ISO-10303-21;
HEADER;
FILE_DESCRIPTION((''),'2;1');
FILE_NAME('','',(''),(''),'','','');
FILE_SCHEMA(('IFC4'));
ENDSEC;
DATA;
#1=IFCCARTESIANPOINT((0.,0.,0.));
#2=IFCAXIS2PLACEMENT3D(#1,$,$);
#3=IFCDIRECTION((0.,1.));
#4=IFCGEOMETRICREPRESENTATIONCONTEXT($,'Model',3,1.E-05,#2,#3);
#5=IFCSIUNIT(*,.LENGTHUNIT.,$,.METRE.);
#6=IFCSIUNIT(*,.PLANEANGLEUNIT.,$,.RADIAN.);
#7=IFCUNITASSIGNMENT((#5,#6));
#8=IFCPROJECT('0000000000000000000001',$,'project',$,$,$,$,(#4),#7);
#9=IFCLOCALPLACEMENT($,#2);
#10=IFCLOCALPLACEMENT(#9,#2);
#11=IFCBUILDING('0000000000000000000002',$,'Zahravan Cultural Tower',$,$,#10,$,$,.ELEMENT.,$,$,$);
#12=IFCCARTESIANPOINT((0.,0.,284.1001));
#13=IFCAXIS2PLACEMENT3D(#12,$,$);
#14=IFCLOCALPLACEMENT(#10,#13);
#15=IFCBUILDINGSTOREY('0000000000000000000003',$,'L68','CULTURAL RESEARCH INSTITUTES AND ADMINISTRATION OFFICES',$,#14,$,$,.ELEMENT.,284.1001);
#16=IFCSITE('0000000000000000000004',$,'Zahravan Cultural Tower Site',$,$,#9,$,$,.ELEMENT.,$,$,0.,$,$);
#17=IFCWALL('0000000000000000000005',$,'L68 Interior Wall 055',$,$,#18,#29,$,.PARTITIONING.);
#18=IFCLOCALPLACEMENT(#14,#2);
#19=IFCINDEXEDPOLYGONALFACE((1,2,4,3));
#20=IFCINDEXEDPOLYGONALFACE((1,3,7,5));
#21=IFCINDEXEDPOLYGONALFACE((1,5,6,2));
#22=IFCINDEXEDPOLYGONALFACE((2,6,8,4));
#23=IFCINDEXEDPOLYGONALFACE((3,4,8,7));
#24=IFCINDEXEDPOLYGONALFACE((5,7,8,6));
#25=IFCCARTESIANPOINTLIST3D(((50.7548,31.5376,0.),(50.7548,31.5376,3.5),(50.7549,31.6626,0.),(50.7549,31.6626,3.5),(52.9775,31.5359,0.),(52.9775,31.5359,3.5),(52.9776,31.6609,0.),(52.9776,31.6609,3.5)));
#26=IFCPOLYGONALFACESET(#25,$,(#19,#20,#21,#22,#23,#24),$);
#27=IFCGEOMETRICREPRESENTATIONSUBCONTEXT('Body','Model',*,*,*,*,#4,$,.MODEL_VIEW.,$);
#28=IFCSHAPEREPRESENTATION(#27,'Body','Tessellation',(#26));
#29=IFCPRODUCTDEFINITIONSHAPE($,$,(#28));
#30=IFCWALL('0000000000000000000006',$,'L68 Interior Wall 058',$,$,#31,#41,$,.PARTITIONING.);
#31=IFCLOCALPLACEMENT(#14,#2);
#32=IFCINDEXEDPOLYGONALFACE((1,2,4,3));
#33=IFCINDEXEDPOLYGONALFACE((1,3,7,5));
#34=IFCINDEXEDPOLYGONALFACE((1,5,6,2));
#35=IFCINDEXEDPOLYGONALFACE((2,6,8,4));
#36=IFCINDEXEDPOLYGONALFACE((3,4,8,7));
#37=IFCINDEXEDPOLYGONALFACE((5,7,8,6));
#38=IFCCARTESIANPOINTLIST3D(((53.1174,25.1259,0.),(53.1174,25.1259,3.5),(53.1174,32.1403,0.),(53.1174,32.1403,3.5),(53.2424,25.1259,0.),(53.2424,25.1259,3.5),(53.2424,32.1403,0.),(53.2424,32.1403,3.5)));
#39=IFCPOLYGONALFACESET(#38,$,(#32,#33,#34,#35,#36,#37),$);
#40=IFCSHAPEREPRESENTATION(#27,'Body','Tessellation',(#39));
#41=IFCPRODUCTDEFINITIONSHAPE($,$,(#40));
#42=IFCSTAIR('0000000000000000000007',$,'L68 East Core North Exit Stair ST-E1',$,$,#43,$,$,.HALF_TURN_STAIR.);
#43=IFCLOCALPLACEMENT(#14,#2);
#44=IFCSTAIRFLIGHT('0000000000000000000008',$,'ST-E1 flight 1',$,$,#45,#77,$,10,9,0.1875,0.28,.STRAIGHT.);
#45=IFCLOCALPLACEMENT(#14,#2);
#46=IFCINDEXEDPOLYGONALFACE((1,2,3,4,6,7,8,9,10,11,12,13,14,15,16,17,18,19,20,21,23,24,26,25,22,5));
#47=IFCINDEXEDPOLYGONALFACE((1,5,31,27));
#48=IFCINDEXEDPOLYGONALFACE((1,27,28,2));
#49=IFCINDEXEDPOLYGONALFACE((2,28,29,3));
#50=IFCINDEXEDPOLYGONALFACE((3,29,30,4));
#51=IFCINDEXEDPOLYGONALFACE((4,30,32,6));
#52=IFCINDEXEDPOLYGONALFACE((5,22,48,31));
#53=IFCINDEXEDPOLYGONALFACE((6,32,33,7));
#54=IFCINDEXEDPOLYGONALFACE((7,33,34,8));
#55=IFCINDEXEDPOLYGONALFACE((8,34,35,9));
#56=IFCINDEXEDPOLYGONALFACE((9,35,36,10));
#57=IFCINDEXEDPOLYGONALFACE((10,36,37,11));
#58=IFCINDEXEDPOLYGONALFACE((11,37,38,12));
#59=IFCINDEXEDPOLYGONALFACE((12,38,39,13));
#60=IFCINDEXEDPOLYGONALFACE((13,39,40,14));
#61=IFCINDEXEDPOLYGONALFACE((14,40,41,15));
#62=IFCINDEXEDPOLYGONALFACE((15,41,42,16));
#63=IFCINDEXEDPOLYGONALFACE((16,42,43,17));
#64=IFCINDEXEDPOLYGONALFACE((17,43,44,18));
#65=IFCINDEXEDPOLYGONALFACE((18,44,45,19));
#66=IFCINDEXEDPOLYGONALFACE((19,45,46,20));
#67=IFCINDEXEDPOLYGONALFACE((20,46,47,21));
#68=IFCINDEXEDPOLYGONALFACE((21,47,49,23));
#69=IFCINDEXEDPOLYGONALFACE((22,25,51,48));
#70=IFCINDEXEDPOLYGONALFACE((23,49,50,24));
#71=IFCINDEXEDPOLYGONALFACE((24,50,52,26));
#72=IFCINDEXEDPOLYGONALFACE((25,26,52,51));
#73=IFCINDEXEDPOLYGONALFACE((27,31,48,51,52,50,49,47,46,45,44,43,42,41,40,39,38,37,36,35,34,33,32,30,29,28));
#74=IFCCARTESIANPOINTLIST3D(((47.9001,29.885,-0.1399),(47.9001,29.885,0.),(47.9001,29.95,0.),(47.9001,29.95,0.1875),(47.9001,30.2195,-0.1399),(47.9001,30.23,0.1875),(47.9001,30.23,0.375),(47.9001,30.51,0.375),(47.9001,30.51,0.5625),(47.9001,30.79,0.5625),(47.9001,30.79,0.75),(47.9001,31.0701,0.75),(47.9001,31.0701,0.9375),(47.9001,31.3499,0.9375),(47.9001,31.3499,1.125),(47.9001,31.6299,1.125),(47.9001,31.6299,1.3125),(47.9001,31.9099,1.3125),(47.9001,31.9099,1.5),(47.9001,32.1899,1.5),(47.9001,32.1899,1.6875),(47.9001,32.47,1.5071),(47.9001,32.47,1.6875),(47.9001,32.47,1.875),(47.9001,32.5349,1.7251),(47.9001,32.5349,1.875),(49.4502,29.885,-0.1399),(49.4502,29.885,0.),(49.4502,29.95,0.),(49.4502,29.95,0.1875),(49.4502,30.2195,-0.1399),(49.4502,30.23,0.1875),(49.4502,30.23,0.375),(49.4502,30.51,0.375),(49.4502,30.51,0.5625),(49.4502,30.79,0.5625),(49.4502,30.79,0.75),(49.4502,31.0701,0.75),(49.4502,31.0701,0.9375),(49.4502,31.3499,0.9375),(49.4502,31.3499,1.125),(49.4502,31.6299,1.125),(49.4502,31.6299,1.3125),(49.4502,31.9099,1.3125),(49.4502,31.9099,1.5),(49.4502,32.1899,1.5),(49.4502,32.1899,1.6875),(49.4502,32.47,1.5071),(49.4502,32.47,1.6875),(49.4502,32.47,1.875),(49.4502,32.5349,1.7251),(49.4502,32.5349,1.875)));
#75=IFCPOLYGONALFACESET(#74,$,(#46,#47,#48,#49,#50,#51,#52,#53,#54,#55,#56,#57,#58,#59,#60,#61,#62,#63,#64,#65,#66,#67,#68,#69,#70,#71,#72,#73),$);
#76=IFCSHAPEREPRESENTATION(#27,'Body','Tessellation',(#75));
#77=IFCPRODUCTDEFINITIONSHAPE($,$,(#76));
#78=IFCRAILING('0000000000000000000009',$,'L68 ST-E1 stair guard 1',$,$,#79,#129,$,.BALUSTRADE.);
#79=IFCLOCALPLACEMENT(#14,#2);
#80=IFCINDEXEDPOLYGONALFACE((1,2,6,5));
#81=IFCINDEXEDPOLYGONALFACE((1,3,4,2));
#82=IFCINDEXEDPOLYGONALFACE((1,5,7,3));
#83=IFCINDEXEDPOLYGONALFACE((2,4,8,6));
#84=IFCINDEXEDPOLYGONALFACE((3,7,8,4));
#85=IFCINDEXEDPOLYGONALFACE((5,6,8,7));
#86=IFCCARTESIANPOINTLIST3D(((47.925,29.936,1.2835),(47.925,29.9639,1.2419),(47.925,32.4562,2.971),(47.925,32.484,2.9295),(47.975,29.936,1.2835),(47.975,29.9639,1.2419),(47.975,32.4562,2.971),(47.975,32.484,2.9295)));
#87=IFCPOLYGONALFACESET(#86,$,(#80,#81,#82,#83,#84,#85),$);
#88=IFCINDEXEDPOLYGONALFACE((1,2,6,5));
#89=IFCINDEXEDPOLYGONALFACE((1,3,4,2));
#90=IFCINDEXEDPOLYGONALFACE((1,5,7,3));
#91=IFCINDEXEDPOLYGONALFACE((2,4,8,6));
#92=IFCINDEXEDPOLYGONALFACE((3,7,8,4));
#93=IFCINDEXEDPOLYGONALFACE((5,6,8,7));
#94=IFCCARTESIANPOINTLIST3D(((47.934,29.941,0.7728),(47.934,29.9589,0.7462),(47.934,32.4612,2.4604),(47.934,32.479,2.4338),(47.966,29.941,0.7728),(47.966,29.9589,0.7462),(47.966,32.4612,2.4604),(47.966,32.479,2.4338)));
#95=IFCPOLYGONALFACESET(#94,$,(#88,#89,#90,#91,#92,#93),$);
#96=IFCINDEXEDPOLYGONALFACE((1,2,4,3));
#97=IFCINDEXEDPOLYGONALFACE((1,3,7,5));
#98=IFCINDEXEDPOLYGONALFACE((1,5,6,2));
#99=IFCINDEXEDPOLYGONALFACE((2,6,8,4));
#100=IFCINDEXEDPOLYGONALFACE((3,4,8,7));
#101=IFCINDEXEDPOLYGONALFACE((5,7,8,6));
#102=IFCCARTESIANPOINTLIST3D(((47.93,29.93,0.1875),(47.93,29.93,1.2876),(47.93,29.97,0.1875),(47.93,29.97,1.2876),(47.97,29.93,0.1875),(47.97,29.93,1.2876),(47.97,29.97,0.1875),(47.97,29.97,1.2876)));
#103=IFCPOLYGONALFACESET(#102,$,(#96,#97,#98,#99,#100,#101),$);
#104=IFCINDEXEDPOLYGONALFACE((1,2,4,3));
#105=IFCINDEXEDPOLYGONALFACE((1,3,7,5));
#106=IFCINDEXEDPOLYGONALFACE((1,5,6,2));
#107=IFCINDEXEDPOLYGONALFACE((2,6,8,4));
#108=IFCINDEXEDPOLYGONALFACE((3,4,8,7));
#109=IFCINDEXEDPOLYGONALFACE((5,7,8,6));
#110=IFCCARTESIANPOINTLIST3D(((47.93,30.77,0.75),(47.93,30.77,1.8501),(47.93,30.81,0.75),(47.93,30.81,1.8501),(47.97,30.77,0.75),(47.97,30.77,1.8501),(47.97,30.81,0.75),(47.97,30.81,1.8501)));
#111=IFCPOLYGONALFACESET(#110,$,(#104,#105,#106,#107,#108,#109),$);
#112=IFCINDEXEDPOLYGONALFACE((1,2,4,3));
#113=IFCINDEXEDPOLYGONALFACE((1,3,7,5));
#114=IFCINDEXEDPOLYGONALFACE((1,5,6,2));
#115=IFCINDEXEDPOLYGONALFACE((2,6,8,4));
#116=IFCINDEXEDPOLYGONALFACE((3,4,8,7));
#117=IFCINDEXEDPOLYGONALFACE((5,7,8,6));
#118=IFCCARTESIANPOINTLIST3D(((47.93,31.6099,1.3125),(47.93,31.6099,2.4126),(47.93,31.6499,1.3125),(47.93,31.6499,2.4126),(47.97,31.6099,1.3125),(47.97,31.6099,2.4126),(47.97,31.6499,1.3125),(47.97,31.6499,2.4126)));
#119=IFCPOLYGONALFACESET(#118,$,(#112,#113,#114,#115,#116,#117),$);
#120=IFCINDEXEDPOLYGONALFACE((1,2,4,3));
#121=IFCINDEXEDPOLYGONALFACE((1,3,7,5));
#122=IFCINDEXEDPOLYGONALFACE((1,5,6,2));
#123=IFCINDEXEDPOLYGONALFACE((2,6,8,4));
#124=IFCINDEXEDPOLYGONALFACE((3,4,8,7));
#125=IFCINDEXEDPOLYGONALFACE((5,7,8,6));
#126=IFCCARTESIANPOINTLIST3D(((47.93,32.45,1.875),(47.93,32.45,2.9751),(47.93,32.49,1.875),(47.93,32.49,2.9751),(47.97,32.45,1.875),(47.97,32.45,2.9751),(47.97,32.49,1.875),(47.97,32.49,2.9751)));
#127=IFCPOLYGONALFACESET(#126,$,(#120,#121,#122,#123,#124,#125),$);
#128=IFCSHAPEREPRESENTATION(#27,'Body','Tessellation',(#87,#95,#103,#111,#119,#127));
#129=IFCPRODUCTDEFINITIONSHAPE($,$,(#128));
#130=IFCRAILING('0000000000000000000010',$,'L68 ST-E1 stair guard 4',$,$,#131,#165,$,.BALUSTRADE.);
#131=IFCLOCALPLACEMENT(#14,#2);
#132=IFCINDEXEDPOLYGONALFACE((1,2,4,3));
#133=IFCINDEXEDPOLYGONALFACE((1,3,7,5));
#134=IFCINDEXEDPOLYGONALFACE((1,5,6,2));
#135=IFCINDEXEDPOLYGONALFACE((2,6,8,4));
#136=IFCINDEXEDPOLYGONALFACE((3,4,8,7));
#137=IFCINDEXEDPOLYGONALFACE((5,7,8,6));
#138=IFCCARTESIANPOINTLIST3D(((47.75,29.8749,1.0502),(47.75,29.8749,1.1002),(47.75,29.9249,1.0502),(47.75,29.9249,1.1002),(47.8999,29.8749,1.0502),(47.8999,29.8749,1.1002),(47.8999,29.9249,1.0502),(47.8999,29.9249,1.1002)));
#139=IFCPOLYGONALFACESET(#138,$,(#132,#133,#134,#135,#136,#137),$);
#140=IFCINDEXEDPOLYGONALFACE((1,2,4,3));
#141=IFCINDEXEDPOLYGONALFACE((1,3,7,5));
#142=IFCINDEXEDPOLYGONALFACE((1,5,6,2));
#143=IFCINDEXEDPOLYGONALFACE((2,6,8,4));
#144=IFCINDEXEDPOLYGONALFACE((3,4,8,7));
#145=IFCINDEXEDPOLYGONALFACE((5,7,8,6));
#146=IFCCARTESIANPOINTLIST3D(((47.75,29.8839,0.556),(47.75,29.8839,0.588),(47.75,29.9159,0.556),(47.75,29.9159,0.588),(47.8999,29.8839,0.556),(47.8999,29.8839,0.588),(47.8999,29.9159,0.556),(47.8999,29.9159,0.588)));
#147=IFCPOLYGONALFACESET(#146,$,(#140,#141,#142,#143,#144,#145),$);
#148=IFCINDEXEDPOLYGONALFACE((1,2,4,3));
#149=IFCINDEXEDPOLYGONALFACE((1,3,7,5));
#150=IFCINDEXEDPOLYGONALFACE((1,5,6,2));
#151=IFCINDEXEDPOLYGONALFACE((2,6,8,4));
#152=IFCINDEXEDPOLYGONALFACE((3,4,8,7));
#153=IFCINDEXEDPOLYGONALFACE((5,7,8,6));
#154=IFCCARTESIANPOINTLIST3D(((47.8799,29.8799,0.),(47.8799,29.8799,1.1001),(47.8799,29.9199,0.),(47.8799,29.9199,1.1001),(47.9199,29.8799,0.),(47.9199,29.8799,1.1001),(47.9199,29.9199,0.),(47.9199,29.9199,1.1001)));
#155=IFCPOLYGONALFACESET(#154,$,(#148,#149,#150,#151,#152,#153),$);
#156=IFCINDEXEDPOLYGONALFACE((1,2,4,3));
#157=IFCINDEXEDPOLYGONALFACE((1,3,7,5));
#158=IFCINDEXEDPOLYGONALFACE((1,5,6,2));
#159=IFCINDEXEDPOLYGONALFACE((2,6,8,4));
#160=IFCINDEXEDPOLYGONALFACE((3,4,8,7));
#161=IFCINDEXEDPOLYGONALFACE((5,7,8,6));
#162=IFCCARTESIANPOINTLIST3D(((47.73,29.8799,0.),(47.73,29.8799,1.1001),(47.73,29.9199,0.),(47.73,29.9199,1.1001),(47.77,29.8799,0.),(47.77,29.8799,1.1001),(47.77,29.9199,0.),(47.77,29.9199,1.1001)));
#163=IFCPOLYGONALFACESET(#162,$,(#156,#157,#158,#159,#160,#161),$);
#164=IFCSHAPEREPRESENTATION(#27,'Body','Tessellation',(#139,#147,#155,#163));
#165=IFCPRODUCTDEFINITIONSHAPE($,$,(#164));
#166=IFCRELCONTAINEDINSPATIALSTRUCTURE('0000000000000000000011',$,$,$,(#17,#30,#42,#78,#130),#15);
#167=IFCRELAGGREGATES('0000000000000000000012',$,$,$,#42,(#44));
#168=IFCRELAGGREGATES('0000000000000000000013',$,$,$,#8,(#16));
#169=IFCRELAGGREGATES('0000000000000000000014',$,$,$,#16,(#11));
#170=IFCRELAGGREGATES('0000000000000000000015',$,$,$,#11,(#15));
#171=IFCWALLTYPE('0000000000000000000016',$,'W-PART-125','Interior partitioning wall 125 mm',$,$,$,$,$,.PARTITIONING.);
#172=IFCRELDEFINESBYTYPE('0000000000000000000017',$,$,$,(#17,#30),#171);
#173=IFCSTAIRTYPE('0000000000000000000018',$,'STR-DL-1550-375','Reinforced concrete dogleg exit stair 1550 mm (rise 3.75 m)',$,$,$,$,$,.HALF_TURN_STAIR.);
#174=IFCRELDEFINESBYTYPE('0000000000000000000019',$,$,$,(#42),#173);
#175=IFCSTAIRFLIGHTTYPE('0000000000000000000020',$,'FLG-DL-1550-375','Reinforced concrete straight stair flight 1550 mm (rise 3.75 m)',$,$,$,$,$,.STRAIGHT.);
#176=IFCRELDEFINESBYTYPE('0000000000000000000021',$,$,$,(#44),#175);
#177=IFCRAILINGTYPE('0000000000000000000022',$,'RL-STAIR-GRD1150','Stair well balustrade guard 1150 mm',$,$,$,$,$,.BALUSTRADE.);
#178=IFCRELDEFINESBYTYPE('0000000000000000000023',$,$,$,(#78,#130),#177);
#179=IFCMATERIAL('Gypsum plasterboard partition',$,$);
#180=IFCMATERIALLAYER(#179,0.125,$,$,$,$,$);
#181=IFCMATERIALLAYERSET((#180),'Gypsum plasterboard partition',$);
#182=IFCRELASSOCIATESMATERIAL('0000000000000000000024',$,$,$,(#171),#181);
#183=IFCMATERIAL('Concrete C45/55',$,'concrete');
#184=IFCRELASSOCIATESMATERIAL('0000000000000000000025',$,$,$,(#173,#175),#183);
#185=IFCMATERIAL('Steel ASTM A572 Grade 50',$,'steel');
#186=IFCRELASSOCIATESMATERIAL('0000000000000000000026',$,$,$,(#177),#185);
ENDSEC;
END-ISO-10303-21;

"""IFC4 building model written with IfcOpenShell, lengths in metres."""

from ifc_helpers import new_model, si_unit, direction, frame, frame_2d, origin, origin_2d, place, context, subcontext, project, spatial, polyline, rectangle, outline, extrude, source, transform, mapped, material, layer, layer_set, type_object, element, aggregate, save


model = new_model("IFC4")

# Units and contexts
model_context = context("Model", 3, precision=1e-05, world=origin(), true_north=direction((0.0, 1.0)))
body_context = subcontext(model_context, "Body", "Model", "MODEL_VIEW")
ifc_project = project(units=[si_unit("LENGTHUNIT", "METRE"), si_unit("PLANEANGLEUNIT", "RADIAN")], contexts=[model_context])

# Site, building, storey
site_placement = place(None, origin())
site = spatial("IfcSite", under=ifc_project, at=site_placement, Name="Zahravan Cultural Tower Site", CompositionType="ELEMENT", RefElevation=0.0)
building_placement = place(site_placement, origin())
building = spatial("IfcBuilding", under=site, at=building_placement, Name="Zahravan Cultural Tower", CompositionType="ELEMENT")
storey_placement = place(building_placement, frame((0.0, 0.0, 284.1001)))
storey = spatial("IfcBuildingStorey", under=building, at=storey_placement, Name="L68", Description="CULTURAL RESEARCH INSTITUTES AND ADMINISTRATION OFFICES", CompositionType="ELEMENT", Elevation=284.1001)

# Walls
ifc_material_1 = material(Name="Concrete C45/55", Category="concrete")
ifc_material_2 = material(Name="Gypsum plasterboard partition")
ifc_layer_1 = layer(ifc_material_2, 0.125)
ifc_layer_set_1 = layer_set([ifc_layer_1], Name="Gypsum plasterboard partition")
wall_type_1 = type_object("IfcWallType", Name="W-PART-125", Description="Interior partitioning wall 125 mm", PredefinedType="PARTITIONING", material=ifc_layer_set_1)
shared_shape_1 = source(origin(), body_context, "Body", "SweptSolid", [
    extrude(rectangle(XDim=2.2227, YDim=0.125, at=frame_2d((1.1113, 0.0))), origin(), (0.0, 0.0, 1.0), 3.5),
])
wall_1_placement = place(storey_placement, frame((52.9775, 31.5984, 0.0), z_axis=(0.0, 0.0, 1.0), x_axis=(-1.0, 0.000769, 0.0)))
element("IfcWall", 1, at=wall_1_placement, inside=storey, type_object=wall_type_1, Name="L68 Interior Wall 055", PredefinedType="PARTITIONING", context=body_context, shape_type="MappedRepresentation", body=[
    mapped(shared_shape_1, transform((0.0, 0.0, 0.0), x_axis=(1.0, 0.0, 0.0), y_axis=(0.0, 1.0, 0.0), z_axis=(0.0, 0.0, 1.0), scale=1.0)),
])
shared_shape_2 = source(origin(), body_context, "Body", "SweptSolid", [
    extrude(rectangle(XDim=7.0144, YDim=0.125, at=frame_2d((3.5073, 0.0))), origin(), (0.0, 0.0, 1.0), 3.5),
])
wall_2_placement = place(storey_placement, frame((53.1799, 32.1404, 0.0), z_axis=(0.0, 0.0, 1.0), x_axis=(0.0, -1.0, 0.0)))
element("IfcWall", 2, at=wall_2_placement, inside=storey, type_object=wall_type_1, Name="L68 Interior Wall 058", PredefinedType="PARTITIONING", context=body_context, shape_type="MappedRepresentation", body=[
    mapped(shared_shape_2, transform((0.0, 0.0, 0.0), x_axis=(1.0, 0.0, 0.0), y_axis=(0.0, 1.0, 0.0), z_axis=(0.0, 0.0, 1.0), scale=1.0)),
])

# Stair, stair flight
stair_type = type_object("IfcStairType", Name="STR-DL-1550-375", Description="Reinforced concrete dogleg exit stair 1550 mm (rise 3.75 m)", PredefinedType="HALF_TURN_STAIR", material=ifc_material_1)
stair_placement = place(storey_placement, origin())
stair = element("IfcStair", 3, at=stair_placement, inside=storey, type_object=stair_type, Name="L68 East Core North Exit Stair ST-E1", PredefinedType="HALF_TURN_STAIR")
stair_flight_type = type_object("IfcStairFlightType", Name="FLG-DL-1550-375", Description="Reinforced concrete straight stair flight 1550 mm (rise 3.75 m)", PredefinedType="STRAIGHT", material=ifc_material_1)
stair_flight_placement = place(storey_placement, frame((48.675, 29.95, 0.0), z_axis=(0.0, 0.0, 1.0), x_axis=(0.0, 1.0, 0.0)))
stair_flight = element("IfcStairFlight", 4, at=stair_flight_placement, type_object=stair_flight_type, Name="ST-E1 flight 1", NumberOfRisers=10, NumberOfTreads=9, PredefinedType="STRAIGHT", RiserHeight=0.1875, TreadLength=0.28, context=body_context, shape_type="SweptSolid", body=[
    extrude(outline(polyline([(-0.0649, -0.1399), (-0.0649, 0.0), (0.0, 0.0), (0.0, 0.1875), (0.28, 0.1875), (0.28, 0.375), (0.5601, 0.375), (0.5601, 0.5625), (0.8401, 0.5625), (0.8401, 0.75), (1.1201, 0.75), (1.1201, 0.9375), (1.3999, 0.9375), (1.3999, 1.125), (1.6799, 1.125), (1.6799, 1.3125), (1.96, 1.3125), (1.96, 1.5), (2.24, 1.5), (2.24, 1.6875), (2.52, 1.6875), (2.52, 1.875), (2.585, 1.875), (2.585, 1.7251), (2.52, 1.5071), (0.2695, -0.1399), (-0.0649, -0.1399)])), frame((0.0, 0.7749, 0.0), z_axis=(0.0, -1.0, 0.0), x_axis=(1.0, 0.0, 0.0)), (0.0, 0.0, 1.0), 1.55),
])
aggregate(stair, [stair_flight])

# Railings
ifc_material_3 = material(Name="Steel ASTM A572 Grade 50", Category="steel")
railing_type_1 = type_object("IfcRailingType", Name="RL-STAIR-GRD1150", Description="Stair well balustrade guard 1150 mm", PredefinedType="BALUSTRADE", material=ifc_material_3)
railing_1_placement = place(storey_placement, frame((47.95, 29.95, 0.1875)))
element("IfcRailing", 5, at=railing_1_placement, inside=storey, type_object=railing_type_1, Name="L68 ST-E1 stair guard 1", PredefinedType="BALUSTRADE", context=body_context, shape_type="SweptSolid", body=[
    extrude(rectangle(XDim=0.05, YDim=0.05, at=origin_2d()), frame((0.0, 0.0, 1.0752), z_axis=(0.0, 0.830909, 0.556408), x_axis=(-1.0, 0.0, 0.0)), (0.0, 0.0, 1.0), 3.033),
    extrude(rectangle(XDim=0.032, YDim=0.032, at=origin_2d()), frame((0.0, 0.0, 0.572), z_axis=(0.0, 0.830909, 0.556408), x_axis=(-1.0, 0.0, 0.0)), (0.0, 0.0, 1.0), 3.033),
    extrude(rectangle(XDim=0.04, YDim=0.04, at=origin_2d()), origin(), (0.0, 0.0, 1.0), 1.1001),
    extrude(rectangle(XDim=0.04, YDim=0.04, at=origin_2d()), frame((0.0, 0.8401, 0.5625)), (0.0, 0.0, 1.0), 1.1001),
    extrude(rectangle(XDim=0.04, YDim=0.04, at=origin_2d()), frame((0.0, 1.6799, 1.125)), (0.0, 0.0, 1.0), 1.1001),
    extrude(rectangle(XDim=0.04, YDim=0.04, at=origin_2d()), frame((0.0, 2.52, 1.6875)), (0.0, 0.0, 1.0), 1.1001),
])
railing_2_placement = place(storey_placement, frame((47.8999, 29.8999, 0.0)))
element("IfcRailing", 6, at=railing_2_placement, inside=storey, type_object=railing_type_1, Name="L68 ST-E1 stair guard 4", PredefinedType="BALUSTRADE", context=body_context, shape_type="SweptSolid", body=[
    extrude(rectangle(XDim=0.05, YDim=0.05, at=origin_2d()), frame((0.0, 0.0, 1.0752), z_axis=(-1.0, 0.0, 0.0), x_axis=(0.0, -1.0, 0.0)), (0.0, 0.0, 1.0), 0.1499),
    extrude(rectangle(XDim=0.032, YDim=0.032, at=origin_2d()), frame((0.0, 0.0, 0.572), z_axis=(-1.0, 0.0, 0.0), x_axis=(0.0, -1.0, 0.0)), (0.0, 0.0, 1.0), 0.1499),
    extrude(rectangle(XDim=0.04, YDim=0.04, at=origin_2d()), origin(), (0.0, 0.0, 1.0), 1.1001),
    extrude(rectangle(XDim=0.04, YDim=0.04, at=origin_2d()), frame((-0.1499, 0.0, 0.0)), (0.0, 0.0, 1.0), 1.1001),
])

save(model, "model.ifc")
